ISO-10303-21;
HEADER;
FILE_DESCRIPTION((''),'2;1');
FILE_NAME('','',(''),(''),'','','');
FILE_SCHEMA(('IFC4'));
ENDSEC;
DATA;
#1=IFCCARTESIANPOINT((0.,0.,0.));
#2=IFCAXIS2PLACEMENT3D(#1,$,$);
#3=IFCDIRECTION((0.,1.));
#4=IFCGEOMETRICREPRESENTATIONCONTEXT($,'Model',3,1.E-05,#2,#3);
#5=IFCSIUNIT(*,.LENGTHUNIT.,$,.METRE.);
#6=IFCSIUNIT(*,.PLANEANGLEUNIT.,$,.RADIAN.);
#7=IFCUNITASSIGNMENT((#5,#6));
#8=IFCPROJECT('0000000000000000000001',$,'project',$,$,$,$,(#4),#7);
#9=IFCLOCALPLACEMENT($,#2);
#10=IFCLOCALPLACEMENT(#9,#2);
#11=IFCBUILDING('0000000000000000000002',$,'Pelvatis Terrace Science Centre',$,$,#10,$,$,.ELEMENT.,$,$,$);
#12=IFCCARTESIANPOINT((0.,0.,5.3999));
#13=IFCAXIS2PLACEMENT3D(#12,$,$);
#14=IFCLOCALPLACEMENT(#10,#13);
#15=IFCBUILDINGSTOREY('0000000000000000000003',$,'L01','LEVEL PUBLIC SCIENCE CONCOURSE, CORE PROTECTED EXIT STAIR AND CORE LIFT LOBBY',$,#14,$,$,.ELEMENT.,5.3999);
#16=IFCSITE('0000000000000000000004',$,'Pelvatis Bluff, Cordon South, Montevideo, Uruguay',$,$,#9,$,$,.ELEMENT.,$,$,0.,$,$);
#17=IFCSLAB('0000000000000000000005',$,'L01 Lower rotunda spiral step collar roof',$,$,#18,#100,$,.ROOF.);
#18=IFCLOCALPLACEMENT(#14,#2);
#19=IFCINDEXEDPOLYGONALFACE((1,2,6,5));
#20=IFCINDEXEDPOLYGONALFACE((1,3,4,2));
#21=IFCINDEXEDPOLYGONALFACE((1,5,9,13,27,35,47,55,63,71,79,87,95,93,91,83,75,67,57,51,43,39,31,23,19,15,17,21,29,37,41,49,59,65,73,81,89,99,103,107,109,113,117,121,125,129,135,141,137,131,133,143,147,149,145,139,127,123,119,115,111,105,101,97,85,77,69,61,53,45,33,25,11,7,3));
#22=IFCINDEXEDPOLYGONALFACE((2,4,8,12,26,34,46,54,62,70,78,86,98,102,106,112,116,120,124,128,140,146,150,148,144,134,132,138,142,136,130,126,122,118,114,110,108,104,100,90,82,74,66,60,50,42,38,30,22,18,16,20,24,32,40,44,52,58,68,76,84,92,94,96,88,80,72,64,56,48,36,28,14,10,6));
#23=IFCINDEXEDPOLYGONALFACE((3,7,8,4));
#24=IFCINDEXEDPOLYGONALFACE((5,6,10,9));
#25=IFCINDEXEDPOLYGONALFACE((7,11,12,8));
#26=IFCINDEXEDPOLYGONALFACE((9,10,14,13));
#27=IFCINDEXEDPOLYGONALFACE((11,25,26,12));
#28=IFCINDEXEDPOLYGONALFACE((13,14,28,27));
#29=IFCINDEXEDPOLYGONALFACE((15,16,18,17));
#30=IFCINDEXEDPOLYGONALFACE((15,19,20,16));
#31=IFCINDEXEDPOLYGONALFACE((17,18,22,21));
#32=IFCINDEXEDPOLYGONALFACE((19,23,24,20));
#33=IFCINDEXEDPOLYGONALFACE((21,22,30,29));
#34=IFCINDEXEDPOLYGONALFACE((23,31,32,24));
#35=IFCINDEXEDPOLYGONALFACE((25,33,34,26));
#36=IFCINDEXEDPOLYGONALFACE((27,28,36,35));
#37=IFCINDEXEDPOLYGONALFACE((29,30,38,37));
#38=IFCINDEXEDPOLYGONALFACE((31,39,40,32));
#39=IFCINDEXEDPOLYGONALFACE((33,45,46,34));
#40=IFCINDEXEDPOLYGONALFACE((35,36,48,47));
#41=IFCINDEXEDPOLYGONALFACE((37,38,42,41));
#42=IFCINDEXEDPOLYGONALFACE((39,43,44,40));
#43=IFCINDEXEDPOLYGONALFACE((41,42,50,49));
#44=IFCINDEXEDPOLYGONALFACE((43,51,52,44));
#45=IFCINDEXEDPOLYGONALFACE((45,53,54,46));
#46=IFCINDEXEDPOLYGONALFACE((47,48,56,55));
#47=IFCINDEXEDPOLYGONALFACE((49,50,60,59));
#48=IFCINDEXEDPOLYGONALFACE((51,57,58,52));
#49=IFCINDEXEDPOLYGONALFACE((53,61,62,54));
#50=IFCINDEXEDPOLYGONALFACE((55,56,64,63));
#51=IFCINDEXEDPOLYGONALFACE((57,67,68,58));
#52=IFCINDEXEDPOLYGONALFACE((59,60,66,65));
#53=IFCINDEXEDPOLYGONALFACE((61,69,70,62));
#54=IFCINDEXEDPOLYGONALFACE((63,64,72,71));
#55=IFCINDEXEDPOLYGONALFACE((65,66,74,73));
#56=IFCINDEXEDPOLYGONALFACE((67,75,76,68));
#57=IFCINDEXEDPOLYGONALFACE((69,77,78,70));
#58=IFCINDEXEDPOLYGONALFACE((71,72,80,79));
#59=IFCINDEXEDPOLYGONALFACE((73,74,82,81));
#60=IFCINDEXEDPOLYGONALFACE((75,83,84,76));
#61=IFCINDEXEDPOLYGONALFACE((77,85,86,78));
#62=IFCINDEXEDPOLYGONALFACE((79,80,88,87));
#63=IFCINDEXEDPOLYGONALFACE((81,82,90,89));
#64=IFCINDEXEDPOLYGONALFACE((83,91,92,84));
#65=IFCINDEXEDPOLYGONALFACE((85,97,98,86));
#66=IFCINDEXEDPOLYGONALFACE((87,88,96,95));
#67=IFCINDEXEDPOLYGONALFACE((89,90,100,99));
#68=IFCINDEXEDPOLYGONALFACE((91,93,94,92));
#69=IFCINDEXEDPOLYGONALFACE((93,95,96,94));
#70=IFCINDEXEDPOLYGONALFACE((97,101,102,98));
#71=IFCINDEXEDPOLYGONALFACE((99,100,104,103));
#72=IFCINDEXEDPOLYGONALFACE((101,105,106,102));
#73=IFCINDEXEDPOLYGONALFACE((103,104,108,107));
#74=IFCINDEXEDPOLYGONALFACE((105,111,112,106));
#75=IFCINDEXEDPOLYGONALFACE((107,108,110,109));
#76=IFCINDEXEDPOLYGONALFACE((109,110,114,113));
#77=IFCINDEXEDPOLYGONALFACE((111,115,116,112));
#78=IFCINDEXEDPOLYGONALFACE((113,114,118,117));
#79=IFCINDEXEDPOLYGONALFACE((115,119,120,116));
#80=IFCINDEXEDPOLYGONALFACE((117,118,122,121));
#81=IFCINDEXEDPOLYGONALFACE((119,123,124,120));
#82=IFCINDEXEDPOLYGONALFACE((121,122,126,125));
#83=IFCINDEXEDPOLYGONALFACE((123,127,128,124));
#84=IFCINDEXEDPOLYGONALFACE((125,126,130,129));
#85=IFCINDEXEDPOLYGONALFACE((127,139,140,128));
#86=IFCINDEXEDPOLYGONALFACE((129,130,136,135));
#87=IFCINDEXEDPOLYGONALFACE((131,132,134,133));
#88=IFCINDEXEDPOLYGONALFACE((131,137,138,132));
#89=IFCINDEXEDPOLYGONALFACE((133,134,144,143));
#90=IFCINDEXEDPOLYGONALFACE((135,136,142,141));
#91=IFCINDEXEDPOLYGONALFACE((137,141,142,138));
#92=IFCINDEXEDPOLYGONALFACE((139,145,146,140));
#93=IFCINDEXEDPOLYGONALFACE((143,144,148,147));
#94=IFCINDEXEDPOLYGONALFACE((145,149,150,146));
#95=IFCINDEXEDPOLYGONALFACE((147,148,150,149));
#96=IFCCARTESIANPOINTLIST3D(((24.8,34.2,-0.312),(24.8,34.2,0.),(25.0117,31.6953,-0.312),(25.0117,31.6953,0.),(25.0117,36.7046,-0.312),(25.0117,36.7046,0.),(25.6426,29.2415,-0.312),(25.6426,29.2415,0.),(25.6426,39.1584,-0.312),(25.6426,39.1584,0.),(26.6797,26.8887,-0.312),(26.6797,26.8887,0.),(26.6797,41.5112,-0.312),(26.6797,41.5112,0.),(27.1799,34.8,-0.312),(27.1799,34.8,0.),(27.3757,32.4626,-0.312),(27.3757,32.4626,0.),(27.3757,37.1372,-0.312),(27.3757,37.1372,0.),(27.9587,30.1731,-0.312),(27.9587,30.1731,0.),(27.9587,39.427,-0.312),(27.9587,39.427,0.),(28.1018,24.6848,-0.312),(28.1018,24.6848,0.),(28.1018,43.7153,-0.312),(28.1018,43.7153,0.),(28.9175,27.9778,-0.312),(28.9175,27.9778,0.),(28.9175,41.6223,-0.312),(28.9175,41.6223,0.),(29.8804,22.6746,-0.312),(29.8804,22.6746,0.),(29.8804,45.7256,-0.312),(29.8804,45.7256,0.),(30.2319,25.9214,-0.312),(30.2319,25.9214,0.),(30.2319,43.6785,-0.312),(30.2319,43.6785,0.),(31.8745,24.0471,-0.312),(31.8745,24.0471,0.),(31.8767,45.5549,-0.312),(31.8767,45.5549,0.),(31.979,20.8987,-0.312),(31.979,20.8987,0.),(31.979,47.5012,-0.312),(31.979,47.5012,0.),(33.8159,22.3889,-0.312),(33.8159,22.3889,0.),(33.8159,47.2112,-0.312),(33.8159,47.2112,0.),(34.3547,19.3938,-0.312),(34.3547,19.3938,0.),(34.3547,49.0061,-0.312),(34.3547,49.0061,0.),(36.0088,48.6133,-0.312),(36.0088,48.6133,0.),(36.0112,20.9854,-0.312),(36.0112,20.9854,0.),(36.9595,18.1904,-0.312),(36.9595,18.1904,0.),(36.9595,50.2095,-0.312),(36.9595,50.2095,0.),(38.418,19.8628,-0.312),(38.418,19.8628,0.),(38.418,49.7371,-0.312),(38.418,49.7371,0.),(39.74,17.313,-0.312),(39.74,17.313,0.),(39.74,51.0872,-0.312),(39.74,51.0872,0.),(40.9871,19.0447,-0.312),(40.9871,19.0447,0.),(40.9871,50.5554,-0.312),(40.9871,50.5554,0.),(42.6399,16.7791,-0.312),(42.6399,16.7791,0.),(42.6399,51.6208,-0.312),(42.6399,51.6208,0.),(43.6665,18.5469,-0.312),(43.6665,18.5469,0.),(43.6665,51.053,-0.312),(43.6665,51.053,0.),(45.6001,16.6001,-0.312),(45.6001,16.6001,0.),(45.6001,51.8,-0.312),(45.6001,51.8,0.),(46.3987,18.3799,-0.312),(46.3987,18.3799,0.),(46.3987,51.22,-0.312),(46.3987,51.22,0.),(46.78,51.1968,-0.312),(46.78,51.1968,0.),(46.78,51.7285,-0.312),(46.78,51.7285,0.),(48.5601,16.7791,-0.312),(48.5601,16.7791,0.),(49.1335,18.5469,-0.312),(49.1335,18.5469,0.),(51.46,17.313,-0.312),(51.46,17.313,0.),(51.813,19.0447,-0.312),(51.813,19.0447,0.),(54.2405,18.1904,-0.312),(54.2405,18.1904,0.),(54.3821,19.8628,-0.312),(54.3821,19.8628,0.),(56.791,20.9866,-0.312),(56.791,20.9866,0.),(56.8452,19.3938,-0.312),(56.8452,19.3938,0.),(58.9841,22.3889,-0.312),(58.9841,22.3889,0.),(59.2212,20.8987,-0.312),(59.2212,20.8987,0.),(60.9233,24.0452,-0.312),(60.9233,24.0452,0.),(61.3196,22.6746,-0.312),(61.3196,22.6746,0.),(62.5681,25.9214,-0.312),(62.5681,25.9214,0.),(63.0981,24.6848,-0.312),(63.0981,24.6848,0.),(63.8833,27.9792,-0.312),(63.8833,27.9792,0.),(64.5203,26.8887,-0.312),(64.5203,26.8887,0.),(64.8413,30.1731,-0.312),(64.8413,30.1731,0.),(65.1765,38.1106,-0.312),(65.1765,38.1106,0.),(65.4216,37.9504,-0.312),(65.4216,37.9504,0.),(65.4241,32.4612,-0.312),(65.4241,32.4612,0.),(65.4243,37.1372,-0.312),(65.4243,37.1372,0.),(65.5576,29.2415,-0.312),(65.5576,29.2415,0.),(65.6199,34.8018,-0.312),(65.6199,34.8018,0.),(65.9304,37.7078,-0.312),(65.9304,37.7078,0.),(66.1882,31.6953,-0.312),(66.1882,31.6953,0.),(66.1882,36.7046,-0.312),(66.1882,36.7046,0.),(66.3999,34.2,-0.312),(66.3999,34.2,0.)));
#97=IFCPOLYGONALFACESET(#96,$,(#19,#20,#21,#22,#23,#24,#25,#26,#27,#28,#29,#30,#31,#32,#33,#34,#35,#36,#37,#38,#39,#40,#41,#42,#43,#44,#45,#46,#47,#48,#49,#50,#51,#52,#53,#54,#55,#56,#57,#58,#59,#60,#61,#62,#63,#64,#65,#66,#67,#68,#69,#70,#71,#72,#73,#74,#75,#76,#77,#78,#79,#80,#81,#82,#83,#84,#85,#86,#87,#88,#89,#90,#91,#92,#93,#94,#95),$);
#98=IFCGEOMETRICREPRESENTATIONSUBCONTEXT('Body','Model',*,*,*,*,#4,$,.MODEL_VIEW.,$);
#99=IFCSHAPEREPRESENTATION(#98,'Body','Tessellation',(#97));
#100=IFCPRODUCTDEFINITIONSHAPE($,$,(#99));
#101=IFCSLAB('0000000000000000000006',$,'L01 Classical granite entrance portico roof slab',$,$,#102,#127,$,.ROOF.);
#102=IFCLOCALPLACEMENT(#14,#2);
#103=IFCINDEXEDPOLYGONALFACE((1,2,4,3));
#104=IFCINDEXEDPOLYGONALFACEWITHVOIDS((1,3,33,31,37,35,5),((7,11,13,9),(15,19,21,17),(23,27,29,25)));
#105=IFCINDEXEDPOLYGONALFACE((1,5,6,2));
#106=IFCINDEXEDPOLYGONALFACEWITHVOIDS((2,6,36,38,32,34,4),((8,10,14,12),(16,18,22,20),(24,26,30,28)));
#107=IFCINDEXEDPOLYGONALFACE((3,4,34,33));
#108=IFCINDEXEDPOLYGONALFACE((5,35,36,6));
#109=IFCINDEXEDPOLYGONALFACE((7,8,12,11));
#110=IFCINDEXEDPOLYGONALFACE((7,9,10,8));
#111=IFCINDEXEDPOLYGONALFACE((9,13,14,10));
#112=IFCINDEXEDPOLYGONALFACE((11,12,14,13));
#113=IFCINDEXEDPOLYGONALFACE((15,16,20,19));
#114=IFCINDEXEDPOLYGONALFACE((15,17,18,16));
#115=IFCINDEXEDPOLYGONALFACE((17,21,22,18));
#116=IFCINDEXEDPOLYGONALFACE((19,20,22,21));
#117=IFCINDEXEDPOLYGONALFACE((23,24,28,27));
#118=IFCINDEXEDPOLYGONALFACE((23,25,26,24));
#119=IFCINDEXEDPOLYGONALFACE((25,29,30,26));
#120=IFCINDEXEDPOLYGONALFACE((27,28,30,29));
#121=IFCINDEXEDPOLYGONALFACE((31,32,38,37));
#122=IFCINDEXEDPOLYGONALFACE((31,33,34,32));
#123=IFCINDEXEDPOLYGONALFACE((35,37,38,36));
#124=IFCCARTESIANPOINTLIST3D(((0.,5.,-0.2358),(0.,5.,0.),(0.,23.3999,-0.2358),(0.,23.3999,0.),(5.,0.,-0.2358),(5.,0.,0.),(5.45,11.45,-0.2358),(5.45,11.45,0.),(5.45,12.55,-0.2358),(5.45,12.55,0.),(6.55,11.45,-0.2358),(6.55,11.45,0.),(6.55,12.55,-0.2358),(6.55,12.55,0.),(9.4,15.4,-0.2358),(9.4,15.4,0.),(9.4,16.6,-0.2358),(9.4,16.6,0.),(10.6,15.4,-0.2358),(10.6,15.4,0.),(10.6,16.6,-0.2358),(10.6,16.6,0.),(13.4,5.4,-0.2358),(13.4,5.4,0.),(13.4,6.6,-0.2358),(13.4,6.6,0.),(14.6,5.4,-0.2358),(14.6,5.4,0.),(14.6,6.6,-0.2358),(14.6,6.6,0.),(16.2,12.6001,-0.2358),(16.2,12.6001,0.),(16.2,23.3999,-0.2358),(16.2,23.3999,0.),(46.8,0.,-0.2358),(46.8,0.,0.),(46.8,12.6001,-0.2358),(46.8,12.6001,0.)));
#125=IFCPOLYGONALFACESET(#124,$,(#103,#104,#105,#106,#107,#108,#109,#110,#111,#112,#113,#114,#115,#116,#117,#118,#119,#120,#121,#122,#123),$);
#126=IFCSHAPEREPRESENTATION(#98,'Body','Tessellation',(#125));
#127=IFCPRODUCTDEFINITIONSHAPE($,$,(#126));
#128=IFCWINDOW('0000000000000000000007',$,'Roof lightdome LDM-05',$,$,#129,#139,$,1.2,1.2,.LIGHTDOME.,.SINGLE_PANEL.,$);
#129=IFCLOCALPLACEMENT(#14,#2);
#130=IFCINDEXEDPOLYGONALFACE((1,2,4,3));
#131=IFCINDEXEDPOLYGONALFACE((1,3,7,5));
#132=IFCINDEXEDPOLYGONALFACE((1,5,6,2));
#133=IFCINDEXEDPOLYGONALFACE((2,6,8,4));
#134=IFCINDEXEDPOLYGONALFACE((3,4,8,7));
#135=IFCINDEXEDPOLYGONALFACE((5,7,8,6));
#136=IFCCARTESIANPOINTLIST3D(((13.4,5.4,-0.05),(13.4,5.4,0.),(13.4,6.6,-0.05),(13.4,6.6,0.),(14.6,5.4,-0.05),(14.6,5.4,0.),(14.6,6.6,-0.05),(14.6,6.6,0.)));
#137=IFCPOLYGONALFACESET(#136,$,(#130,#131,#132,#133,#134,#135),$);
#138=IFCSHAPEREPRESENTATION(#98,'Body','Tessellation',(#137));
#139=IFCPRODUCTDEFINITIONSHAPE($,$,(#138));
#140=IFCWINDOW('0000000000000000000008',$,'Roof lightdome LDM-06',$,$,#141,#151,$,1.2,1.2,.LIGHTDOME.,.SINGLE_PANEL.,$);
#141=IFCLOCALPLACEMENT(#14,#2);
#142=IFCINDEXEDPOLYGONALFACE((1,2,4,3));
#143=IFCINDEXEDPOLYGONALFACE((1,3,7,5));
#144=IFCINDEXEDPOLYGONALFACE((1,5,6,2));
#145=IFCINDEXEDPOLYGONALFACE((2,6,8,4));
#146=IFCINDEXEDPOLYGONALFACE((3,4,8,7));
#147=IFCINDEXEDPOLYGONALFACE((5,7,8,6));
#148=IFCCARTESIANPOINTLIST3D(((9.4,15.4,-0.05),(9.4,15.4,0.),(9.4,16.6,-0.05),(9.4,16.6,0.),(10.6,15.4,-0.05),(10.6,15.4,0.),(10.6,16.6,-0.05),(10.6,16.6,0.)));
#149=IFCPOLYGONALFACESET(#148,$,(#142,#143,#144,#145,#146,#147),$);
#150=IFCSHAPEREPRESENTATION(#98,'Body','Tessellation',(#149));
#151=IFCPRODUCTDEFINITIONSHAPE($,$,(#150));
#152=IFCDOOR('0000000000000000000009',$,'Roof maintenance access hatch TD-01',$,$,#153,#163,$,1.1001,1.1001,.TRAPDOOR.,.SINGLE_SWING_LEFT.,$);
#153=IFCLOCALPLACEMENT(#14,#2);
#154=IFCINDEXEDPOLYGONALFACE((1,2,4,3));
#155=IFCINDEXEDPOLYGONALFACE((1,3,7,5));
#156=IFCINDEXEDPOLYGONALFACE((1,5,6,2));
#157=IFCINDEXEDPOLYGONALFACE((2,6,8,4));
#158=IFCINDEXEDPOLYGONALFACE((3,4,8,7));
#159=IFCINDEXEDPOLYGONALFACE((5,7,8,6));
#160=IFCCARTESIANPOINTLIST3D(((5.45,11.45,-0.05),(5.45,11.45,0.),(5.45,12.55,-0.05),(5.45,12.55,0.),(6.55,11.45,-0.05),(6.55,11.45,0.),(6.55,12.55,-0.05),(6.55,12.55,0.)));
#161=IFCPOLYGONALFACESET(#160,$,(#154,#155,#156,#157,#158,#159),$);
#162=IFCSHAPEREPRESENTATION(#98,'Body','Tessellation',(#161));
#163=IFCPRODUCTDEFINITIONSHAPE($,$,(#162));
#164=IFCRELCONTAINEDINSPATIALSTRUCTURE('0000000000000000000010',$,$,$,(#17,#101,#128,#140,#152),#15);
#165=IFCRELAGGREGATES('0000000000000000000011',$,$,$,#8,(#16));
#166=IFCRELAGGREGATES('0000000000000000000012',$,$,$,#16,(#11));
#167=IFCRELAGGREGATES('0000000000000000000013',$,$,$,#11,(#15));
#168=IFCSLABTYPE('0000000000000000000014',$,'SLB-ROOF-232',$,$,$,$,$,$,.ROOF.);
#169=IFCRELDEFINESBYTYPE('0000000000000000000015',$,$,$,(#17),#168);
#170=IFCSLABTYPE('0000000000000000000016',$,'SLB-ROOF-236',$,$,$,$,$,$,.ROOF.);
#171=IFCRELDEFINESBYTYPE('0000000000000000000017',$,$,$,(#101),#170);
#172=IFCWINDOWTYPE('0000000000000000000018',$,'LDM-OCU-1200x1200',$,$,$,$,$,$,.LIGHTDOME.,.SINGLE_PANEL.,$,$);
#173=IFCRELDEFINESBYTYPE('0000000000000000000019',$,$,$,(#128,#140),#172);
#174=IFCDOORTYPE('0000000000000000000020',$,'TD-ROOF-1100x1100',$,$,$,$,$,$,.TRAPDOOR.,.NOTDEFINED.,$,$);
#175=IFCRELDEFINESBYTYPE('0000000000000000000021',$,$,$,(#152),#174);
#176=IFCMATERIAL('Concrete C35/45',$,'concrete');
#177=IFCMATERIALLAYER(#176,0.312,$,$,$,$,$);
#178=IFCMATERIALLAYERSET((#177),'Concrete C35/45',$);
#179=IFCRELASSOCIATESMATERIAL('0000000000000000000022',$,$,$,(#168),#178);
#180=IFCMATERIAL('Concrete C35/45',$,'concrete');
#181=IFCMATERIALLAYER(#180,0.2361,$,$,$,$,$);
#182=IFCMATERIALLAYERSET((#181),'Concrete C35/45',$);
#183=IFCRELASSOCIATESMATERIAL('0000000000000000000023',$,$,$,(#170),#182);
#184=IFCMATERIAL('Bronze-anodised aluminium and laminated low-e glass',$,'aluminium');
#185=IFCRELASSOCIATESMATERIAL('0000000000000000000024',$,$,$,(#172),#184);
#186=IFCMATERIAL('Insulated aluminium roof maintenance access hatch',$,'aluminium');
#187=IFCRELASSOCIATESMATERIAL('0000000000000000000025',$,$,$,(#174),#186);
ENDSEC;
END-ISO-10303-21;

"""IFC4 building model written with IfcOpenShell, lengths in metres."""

from ifc_helpers import new_model, si_unit, direction, frame, origin, origin_2d, place, context, subcontext, project, spatial, polyline, rectangle, outline, extrude, material, layer, layer_set, type_object, element, fill, save


model = new_model("IFC4")

# Units and contexts
model_context = context("Model", 3, precision=1e-05, world=origin(), true_north=direction((0.0, 1.0)))
body_context = subcontext(model_context, "Body", "Model", "MODEL_VIEW")
ifc_project = project(units=[si_unit("LENGTHUNIT", "METRE"), si_unit("PLANEANGLEUNIT", "RADIAN")], contexts=[model_context])

# Site, building, storey
site_placement = place(None, origin())
site = spatial("IfcSite", under=ifc_project, at=site_placement, Name="Pelvatis Bluff, Cordon South, Montevideo, Uruguay", CompositionType="ELEMENT", RefElevation=0.0)
building_placement = place(site_placement, origin())
building = spatial("IfcBuilding", under=site, at=building_placement, Name="Pelvatis Terrace Science Centre", CompositionType="ELEMENT")
storey_placement = place(building_placement, frame((0.0, 0.0, 5.3999)))
storey = spatial("IfcBuildingStorey", under=building, at=storey_placement, Name="L01", Description="LEVEL PUBLIC SCIENCE CONCOURSE, CORE PROTECTED EXIT STAIR AND CORE LIFT LOBBY", CompositionType="ELEMENT", Elevation=5.3999)

# Slab
ifc_material_1 = material(Name="Concrete C35/45", Category="concrete")
ifc_layer_1 = layer(ifc_material_1, 0.312)
ifc_layer_set_1 = layer_set([ifc_layer_1], Name="Concrete C35/45")
slab_type_1 = type_object("IfcSlabType", Name="SLB-ROOF-232", PredefinedType="ROOF", material=ifc_layer_set_1)
slab_1_placement = place(storey_placement, frame((0.0, 0.0, -0.312)))
element("IfcSlab", 1, at=slab_1_placement, inside=storey, type_object=slab_type_1, Name="L01 Lower rotunda spiral step collar roof", PredefinedType="ROOF", context=body_context, shape_type="SweptSolid", body=[
    extrude(outline(polyline([(66.1882, 31.6953), (65.5576, 29.2415), (64.5203, 26.8887), (63.0981, 24.6848), (61.3196, 22.6746), (59.2212, 20.8987), (56.8452, 19.3938), (54.2405, 18.1904), (51.46, 17.313), (48.5601, 16.7791), (45.6001, 16.6001), (42.6399, 16.7791), (39.74, 17.313), (36.9595, 18.1904), (34.3547, 19.3938), (31.979, 20.8987), (29.8804, 22.6746), (28.1018, 24.6848), (26.6797, 26.8887), (25.6426, 29.2415), (25.0117, 31.6953), (24.8, 34.2), (25.0117, 36.7046), (25.6426, 39.1584), (26.6797, 41.5112), (28.1018, 43.7153), (29.8804, 45.7256), (31.979, 47.5012), (34.3547, 49.0061), (36.9595, 50.2095), (39.74, 51.0872), (42.6399, 51.6208), (45.6001, 51.8), (46.78, 51.7285), (46.78, 51.1968), (46.3987, 51.22), (43.6665, 51.053), (40.9871, 50.5554), (38.418, 49.7371), (36.0088, 48.6133), (33.8159, 47.2112), (31.8767, 45.5549), (30.2319, 43.6785), (28.9175, 41.6223), (27.9587, 39.427), (27.3757, 37.1372), (27.1799, 34.8), (27.3757, 32.4626), (27.9587, 30.1731), (28.9175, 27.9778), (30.2319, 25.9214), (31.8745, 24.0471), (33.8159, 22.3889), (36.0112, 20.9854), (38.418, 19.8628), (40.9871, 19.0447), (43.6665, 18.5469), (46.3987, 18.3799), (49.1335, 18.5469), (51.813, 19.0447), (54.3821, 19.8628), (56.791, 20.9866), (58.9841, 22.3889), (60.9233, 24.0452), (62.5681, 25.9214), (63.8833, 27.9792), (64.8413, 30.1731), (65.4241, 32.4612), (65.6199, 34.8018), (65.4243, 37.1372), (65.1765, 38.1106), (65.4216, 37.9504), (65.9304, 37.7078), (66.1882, 36.7046), (66.3999, 34.2), (66.1882, 31.6953)])), origin(), (0.0, 0.0, 1.0), 0.312),
])

# Slab, openings, windows, door
ifc_material_2 = material(Name="Concrete C35/45", Category="concrete")
ifc_layer_2 = layer(ifc_material_2, 0.2361)
ifc_layer_set_2 = layer_set([ifc_layer_2], Name="Concrete C35/45")
slab_type_2 = type_object("IfcSlabType", Name="SLB-ROOF-236", PredefinedType="ROOF", material=ifc_layer_set_2)
slab_2_placement = place(storey_placement, frame((0.0, 0.0, -0.2358)))
slab_2 = element("IfcSlab", 2, at=slab_2_placement, inside=storey, type_object=slab_type_2, Name="L01 Classical granite entrance portico roof slab", PredefinedType="ROOF", context=body_context, shape_type="SweptSolid", body=[
    extrude(outline(polyline([(0.0, 5.0), (0.0, 23.3999), (16.2, 23.3999), (16.2, 12.6001), (46.8, 12.6001), (46.8, 0.0), (5.0, 0.0), (0.0, 5.0)])), origin(), (0.0, 0.0, 1.0), 0.2358),
])
opening_1_placement = place(slab_2_placement, frame((14.0, 6.0, 0.0)))
opening_1 = element("IfcOpeningElement", 3, at=opening_1_placement, cuts=slab_2, PredefinedType="OPENING", context=body_context, shape_type="SweptSolid", body=[
    extrude(rectangle(XDim=1.2, YDim=1.2, at=origin_2d()), origin(), (0.0, 0.0, 1.0), 0.2358),
])
opening_2_placement = place(slab_2_placement, frame((10.0, 16.0, 0.0)))
opening_2 = element("IfcOpeningElement", 4, at=opening_2_placement, cuts=slab_2, PredefinedType="OPENING", context=body_context, shape_type="SweptSolid", body=[
    extrude(rectangle(XDim=1.2, YDim=1.2, at=origin_2d()), origin(), (0.0, 0.0, 1.0), 0.2358),
])
opening_3_placement = place(slab_2_placement, frame((6.0, 12.0, 0.0)))
opening_3 = element("IfcOpeningElement", 5, at=opening_3_placement, cuts=slab_2, PredefinedType="OPENING", context=body_context, shape_type="SweptSolid", body=[
    extrude(rectangle(XDim=1.1001, YDim=1.1001, at=origin_2d()), origin(), (0.0, 0.0, 1.0), 0.2358),
])
ifc_material_3 = material(Name="Bronze-anodised aluminium and laminated low-e glass", Category="aluminium")
window_type = type_object("IfcWindowType", Name="LDM-OCU-1200x1200", PartitioningType="SINGLE_PANEL", PredefinedType="LIGHTDOME", material=ifc_material_3)
window_1_placement = place(opening_1_placement, frame((0.0, 0.0, 0.1858)))
window_1 = element("IfcWindow", 6, at=window_1_placement, inside=storey, type_object=window_type, Name="Roof lightdome LDM-05", OverallHeight=1.2, OverallWidth=1.2, PartitioningType="SINGLE_PANEL", PredefinedType="LIGHTDOME", context=body_context, shape_type="SweptSolid", body=[
    extrude(rectangle(XDim=1.2, YDim=1.2, at=origin_2d()), origin(), (0.0, 0.0, 1.0), 0.05),
])
fill(opening_1, window_1)
window_2_placement = place(opening_2_placement, frame((0.0, 0.0, 0.1858)))
window_2 = element("IfcWindow", 7, at=window_2_placement, inside=storey, type_object=window_type, Name="Roof lightdome LDM-06", OverallHeight=1.2, OverallWidth=1.2, PartitioningType="SINGLE_PANEL", PredefinedType="LIGHTDOME", context=body_context, shape_type="SweptSolid", body=[
    extrude(rectangle(XDim=1.2, YDim=1.2, at=origin_2d()), origin(), (0.0, 0.0, 1.0), 0.05),
])
fill(opening_2, window_2)
ifc_material_4 = material(Name="Insulated aluminium roof maintenance access hatch", Category="aluminium")
door_type = type_object("IfcDoorType", Name="TD-ROOF-1100x1100", OperationType="NOTDEFINED", PredefinedType="TRAPDOOR", material=ifc_material_4)
door_placement = place(opening_3_placement, frame((0.0, 0.0, 0.1858)))
door = element("IfcDoor", 8, at=door_placement, inside=storey, type_object=door_type, Name="Roof maintenance access hatch TD-01", OperationType="SINGLE_SWING_LEFT", OverallHeight=1.1001, OverallWidth=1.1001, PredefinedType="TRAPDOOR", context=body_context, shape_type="SweptSolid", body=[
    extrude(rectangle(XDim=1.1001, YDim=1.1001, at=origin_2d()), origin(), (0.0, 0.0, 1.0), 0.05),
])
fill(opening_3, door)

save(model, "model.ifc")
